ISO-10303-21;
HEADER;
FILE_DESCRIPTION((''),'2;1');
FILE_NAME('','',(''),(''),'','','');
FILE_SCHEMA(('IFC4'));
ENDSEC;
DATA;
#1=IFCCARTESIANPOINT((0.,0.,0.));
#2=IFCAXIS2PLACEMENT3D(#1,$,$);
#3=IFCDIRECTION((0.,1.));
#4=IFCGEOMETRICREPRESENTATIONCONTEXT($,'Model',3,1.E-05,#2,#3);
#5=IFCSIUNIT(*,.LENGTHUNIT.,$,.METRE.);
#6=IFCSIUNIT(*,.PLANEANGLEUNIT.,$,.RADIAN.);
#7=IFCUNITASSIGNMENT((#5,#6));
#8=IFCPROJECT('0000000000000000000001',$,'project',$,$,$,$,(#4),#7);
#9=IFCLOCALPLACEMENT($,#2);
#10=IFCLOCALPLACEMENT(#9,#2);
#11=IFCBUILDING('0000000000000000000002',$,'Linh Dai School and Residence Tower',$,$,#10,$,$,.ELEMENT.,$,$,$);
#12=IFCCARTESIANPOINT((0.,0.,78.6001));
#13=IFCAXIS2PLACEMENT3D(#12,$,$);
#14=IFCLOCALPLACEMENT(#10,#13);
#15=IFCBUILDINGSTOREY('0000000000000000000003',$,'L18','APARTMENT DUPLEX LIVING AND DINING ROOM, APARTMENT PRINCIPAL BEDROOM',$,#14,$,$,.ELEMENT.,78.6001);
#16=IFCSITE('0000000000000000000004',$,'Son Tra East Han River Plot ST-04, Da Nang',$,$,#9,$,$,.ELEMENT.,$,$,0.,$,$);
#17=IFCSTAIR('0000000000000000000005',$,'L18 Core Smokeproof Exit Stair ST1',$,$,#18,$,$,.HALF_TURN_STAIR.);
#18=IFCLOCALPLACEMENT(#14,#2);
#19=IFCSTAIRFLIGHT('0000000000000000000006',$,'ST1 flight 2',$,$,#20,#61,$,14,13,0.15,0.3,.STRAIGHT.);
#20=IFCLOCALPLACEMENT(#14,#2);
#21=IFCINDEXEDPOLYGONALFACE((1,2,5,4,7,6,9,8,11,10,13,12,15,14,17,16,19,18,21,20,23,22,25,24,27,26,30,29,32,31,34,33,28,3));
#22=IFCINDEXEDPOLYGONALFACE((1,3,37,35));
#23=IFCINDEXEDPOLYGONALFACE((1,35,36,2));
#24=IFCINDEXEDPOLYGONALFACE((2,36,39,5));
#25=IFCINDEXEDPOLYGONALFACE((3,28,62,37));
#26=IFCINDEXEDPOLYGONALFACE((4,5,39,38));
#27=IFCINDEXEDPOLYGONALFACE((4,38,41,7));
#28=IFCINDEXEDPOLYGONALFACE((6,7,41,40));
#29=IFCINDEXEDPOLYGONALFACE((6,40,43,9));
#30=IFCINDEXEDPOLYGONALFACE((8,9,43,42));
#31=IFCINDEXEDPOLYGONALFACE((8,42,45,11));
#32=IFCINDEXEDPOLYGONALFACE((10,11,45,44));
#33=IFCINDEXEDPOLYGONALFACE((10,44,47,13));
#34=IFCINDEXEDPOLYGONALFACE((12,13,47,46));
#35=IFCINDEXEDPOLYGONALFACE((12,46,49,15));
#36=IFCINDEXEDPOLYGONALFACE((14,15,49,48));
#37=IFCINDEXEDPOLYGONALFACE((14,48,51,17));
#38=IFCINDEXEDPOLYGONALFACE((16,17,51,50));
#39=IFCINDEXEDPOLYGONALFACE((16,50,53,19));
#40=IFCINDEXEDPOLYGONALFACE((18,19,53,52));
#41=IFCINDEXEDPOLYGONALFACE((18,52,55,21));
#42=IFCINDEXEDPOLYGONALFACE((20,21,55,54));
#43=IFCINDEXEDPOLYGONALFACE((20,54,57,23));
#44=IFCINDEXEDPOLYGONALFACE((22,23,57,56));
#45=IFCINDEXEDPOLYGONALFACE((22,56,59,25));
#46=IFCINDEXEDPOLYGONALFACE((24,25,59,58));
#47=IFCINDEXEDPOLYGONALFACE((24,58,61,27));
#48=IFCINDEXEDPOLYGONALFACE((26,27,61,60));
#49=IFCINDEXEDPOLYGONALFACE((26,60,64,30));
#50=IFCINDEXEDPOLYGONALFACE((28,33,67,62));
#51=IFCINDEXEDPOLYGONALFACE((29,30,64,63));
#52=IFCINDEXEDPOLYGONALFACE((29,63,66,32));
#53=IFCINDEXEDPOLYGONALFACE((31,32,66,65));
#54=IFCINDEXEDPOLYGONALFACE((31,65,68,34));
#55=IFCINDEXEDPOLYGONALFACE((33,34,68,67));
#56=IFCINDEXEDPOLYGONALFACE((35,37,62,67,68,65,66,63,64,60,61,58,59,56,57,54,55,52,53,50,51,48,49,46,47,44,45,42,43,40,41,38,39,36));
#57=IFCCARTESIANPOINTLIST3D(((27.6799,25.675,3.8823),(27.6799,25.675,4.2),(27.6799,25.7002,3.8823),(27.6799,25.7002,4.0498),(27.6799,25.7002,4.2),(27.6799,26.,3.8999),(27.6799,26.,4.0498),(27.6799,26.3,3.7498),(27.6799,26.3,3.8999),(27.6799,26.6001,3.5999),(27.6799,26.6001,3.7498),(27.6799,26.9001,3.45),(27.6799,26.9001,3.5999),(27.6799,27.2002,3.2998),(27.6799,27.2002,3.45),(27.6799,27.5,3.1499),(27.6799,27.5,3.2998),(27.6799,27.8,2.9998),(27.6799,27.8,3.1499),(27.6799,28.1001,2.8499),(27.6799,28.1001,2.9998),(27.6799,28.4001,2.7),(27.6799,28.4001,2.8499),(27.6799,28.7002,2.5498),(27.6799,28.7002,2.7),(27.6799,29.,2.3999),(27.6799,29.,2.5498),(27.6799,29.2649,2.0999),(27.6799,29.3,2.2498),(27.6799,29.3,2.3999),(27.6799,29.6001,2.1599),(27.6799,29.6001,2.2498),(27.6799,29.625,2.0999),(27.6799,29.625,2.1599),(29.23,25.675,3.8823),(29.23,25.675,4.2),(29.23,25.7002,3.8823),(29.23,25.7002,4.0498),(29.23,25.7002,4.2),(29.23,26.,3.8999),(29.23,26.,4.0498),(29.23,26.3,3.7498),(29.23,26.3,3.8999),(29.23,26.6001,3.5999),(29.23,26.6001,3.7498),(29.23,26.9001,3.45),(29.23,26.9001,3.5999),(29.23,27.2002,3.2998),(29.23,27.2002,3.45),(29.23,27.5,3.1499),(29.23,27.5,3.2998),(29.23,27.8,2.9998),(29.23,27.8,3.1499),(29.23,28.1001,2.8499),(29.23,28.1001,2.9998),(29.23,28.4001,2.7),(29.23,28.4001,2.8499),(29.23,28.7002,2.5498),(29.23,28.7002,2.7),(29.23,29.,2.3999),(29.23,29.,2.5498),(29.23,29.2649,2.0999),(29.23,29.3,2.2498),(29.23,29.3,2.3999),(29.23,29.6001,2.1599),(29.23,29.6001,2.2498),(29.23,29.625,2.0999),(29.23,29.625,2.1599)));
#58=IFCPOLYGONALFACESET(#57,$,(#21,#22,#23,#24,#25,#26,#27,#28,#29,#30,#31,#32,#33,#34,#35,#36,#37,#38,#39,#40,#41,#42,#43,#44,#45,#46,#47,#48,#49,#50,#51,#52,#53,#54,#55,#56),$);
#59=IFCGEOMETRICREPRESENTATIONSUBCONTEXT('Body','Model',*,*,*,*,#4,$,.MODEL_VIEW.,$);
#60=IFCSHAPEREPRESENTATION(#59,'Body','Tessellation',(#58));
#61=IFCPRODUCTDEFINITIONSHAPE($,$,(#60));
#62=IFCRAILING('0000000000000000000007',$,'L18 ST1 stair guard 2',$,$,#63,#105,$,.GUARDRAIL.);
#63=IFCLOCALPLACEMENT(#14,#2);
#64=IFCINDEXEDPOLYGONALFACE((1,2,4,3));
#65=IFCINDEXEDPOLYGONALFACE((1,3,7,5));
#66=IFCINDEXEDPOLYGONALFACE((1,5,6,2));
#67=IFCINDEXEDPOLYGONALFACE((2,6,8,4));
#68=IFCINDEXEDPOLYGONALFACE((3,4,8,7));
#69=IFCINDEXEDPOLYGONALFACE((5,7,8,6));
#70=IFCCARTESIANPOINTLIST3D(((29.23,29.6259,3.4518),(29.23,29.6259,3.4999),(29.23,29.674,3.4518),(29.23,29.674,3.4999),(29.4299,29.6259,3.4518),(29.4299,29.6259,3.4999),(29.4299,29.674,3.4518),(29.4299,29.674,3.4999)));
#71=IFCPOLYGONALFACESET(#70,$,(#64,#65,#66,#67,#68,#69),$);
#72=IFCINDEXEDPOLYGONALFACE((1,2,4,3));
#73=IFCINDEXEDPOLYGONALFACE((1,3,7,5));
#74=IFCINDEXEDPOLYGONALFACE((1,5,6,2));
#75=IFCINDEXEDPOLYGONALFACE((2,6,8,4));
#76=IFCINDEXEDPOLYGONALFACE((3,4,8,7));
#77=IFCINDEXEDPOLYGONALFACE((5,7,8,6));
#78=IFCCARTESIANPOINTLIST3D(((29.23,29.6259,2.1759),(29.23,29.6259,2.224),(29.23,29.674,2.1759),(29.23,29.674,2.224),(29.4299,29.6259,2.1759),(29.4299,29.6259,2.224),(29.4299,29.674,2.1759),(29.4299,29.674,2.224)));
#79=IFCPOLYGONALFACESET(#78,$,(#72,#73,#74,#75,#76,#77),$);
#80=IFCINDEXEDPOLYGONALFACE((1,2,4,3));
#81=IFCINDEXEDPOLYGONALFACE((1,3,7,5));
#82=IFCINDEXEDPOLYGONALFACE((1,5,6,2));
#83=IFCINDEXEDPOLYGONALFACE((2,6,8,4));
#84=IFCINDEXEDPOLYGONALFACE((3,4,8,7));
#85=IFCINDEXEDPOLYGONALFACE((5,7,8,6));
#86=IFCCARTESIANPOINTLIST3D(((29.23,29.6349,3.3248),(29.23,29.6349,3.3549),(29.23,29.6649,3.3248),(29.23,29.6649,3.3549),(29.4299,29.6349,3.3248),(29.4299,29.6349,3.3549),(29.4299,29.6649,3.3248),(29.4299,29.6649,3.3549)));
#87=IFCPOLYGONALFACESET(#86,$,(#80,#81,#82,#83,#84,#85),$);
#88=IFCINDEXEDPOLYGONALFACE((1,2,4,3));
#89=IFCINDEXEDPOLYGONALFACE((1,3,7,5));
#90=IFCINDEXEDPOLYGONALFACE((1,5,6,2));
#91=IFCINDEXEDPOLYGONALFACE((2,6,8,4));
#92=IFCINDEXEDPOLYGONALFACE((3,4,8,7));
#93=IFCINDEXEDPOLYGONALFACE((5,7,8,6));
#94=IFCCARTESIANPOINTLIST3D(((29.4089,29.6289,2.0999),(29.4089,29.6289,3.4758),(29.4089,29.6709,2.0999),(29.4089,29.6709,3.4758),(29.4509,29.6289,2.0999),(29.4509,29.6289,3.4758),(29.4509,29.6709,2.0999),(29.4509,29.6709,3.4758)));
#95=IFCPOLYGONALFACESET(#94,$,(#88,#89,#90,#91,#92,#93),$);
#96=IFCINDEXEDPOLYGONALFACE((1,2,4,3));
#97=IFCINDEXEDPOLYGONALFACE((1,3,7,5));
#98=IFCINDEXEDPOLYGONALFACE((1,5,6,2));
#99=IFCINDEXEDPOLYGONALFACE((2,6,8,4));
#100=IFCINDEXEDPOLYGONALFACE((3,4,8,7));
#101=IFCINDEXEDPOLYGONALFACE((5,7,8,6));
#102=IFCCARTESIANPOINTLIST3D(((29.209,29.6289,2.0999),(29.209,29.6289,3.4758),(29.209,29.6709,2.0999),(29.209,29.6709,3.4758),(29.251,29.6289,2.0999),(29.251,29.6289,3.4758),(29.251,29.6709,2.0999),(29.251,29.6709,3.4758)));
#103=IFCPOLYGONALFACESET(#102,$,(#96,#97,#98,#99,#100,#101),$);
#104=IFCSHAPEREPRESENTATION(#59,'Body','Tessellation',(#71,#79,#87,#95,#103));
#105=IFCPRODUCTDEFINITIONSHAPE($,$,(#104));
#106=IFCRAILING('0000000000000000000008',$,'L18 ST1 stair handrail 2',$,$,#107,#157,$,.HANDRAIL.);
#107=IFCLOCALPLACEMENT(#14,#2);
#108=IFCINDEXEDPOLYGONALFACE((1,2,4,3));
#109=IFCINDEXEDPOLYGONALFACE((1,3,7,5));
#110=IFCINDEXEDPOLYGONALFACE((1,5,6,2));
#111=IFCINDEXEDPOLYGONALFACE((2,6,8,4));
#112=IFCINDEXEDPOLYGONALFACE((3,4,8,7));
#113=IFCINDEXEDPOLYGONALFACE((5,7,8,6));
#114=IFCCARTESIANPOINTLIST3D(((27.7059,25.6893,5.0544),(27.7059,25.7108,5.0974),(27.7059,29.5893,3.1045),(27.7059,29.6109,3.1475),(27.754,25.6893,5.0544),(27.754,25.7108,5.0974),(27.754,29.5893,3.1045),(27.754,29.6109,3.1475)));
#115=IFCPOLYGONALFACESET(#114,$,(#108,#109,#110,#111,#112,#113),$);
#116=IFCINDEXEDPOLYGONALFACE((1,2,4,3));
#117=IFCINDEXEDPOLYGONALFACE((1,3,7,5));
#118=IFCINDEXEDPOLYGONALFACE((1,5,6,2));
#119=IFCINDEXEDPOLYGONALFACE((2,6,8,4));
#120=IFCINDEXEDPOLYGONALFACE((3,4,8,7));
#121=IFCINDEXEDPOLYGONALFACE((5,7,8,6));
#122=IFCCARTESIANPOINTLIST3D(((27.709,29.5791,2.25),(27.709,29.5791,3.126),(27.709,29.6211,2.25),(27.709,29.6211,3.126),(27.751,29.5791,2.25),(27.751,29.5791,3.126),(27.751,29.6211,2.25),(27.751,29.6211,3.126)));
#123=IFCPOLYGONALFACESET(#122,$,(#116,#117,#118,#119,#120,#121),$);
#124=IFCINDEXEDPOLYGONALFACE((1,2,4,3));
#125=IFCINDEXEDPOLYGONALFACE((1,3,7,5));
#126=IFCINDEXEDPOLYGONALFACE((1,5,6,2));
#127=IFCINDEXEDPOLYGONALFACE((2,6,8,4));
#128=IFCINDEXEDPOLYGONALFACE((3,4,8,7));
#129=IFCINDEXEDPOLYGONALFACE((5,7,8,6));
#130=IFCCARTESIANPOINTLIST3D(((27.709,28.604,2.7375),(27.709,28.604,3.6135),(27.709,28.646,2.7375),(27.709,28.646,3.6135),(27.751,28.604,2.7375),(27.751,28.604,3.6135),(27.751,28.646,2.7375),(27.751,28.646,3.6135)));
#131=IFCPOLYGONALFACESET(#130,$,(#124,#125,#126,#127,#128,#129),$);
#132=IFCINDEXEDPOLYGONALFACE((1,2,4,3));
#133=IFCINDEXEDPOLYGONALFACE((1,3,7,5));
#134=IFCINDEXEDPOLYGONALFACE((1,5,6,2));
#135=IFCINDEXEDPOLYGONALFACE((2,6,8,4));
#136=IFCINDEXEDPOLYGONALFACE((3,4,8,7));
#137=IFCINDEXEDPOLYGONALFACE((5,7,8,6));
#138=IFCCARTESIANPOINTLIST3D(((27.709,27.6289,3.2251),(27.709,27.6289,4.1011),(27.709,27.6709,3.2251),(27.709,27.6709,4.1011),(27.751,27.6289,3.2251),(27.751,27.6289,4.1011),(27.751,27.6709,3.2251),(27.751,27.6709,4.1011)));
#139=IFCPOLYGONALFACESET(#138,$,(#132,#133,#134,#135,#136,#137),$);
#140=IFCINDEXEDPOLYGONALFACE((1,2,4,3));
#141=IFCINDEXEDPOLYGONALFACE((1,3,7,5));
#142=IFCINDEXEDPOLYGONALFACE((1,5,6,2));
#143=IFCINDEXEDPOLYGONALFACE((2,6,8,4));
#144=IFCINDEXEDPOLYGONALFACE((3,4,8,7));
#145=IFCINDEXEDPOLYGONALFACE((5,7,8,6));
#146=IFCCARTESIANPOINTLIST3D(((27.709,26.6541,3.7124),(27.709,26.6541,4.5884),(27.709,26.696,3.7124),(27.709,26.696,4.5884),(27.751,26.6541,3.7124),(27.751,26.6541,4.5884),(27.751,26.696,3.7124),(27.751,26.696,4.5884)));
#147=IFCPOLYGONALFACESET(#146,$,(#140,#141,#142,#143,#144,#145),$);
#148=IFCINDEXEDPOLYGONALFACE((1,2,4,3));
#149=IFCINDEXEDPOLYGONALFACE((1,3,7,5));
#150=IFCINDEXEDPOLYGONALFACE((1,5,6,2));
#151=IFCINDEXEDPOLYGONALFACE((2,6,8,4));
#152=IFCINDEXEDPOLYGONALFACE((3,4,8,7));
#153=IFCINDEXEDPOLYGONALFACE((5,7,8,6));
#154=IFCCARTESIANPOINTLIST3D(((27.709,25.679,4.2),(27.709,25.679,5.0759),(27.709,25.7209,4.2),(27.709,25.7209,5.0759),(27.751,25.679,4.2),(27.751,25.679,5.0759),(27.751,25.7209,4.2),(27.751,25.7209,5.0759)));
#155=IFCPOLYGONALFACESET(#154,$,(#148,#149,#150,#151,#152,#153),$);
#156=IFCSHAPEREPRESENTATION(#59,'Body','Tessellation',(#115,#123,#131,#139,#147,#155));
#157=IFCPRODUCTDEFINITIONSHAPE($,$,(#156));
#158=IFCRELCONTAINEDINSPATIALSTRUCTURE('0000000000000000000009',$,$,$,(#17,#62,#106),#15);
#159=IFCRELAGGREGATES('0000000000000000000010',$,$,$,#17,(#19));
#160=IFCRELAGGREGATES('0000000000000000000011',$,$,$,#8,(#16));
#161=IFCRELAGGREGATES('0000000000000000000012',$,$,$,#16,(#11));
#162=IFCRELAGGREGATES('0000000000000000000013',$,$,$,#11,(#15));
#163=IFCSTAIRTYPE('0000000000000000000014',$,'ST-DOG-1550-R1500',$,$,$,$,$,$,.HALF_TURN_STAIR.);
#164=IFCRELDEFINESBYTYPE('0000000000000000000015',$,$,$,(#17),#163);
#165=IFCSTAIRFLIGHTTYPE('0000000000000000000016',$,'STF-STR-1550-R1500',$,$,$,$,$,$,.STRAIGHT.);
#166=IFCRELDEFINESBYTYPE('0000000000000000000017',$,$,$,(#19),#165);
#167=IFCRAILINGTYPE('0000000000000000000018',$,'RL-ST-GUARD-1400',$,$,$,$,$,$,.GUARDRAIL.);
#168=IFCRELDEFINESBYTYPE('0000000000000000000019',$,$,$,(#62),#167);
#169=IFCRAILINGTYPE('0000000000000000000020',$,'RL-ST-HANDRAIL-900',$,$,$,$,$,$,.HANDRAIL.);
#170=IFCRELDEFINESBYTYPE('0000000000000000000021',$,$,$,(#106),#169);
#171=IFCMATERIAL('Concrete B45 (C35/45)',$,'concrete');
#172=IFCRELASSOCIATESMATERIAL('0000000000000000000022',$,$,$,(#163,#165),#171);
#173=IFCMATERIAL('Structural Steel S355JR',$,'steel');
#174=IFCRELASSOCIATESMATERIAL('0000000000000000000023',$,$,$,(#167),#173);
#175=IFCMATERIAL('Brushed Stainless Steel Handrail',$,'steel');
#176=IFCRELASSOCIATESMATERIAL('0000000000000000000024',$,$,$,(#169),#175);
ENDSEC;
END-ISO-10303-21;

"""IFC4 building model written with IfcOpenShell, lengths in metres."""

from ifc_helpers import new_model, si_unit, direction, frame, origin, origin_2d, place, context, subcontext, project, spatial, polyline, rectangle, outline, extrude, source, transform, mapped, material, type_object, element, aggregate, save


model = new_model("IFC4")

# Units and contexts
model_context = context("Model", 3, precision=1e-05, world=origin(), true_north=direction((0.0, 1.0)))
body_context = subcontext(model_context, "Body", "Model", "MODEL_VIEW")
ifc_project = project(units=[si_unit("LENGTHUNIT", "METRE"), si_unit("PLANEANGLEUNIT", "RADIAN")], contexts=[model_context])

# Site, building, storey
site_placement = place(None, origin())
site = spatial("IfcSite", under=ifc_project, at=site_placement, Name="Son Tra East Han River Plot ST-04, Da Nang", CompositionType="ELEMENT", RefElevation=0.0)
building_placement = place(site_placement, origin())
building = spatial("IfcBuilding", under=site, at=building_placement, Name="Linh Dai School and Residence Tower", CompositionType="ELEMENT")
storey_placement = place(building_placement, frame((0.0, 0.0, 78.6001)))
storey = spatial("IfcBuildingStorey", under=building, at=storey_placement, Name="L18", Description="APARTMENT DUPLEX LIVING AND DINING ROOM, APARTMENT PRINCIPAL BEDROOM", CompositionType="ELEMENT", Elevation=78.6001)

# Shared definitions
ifc_material_1 = material(Name="Structural Steel S355JR", Category="steel")

# Shared definitions
ifc_material_2 = material(Name="Concrete B45 (C35/45)", Category="concrete")

# Stair, stair flight
stair_type = type_object("IfcStairType", Name="ST-DOG-1550-R1500", PredefinedType="HALF_TURN_STAIR", material=ifc_material_2)
stair_placement = place(storey_placement, origin())
stair = element("IfcStair", 1, at=stair_placement, inside=storey, type_object=stair_type, Name="L18 Core Smokeproof Exit Stair ST1", PredefinedType="HALF_TURN_STAIR")
stair_flight_type = type_object("IfcStairFlightType", Name="STF-STR-1550-R1500", PredefinedType="STRAIGHT", material=ifc_material_2)
shared_shape_1 = source(origin(), body_context, "Body", "SweptSolid", [
    extrude(outline(polyline([(-0.0249, 0.0), (-0.0249, 0.0601), (0.0, 0.0601), (0.0, 0.1499), (0.3, 0.1499), (0.3, 0.3), (0.6001, 0.3), (0.6001, 0.45), (0.8999, 0.45), (0.8999, 0.6001), (1.2, 0.6001), (1.2, 0.75), (1.5, 0.75), (1.5, 0.8999), (1.8, 0.8999), (1.8, 1.05), (2.1001, 1.05), (2.1001, 1.2), (2.3999, 1.2), (2.3999, 1.3501), (2.7, 1.3501), (2.7, 1.5), (3.0, 1.5), (3.0, 1.6499), (3.3, 1.6499), (3.3, 1.8), (3.6001, 1.8), (3.6001, 1.95), (3.8999, 1.95), (3.8999, 2.1001), (3.925, 2.1001), (3.925, 1.7825), (3.8999, 1.7825), (0.3352, 0.0), (-0.0249, 0.0)])), frame((0.0, 0.7749, 0.0), z_axis=(0.0, -1.0, 0.0), x_axis=(1.0, 0.0, 0.0)), (0.0, 0.0, 1.0), 1.55),
])
stair_flight_placement = place(storey_placement, frame((28.4551, 29.6001, 2.0999), z_axis=(0.0, 0.0, 1.0), x_axis=(0.0, -1.0, 0.0)))
stair_flight = element("IfcStairFlight", 2, at=stair_flight_placement, type_object=stair_flight_type, Name="ST1 flight 2", NumberOfRisers=14, NumberOfTreads=13, PredefinedType="STRAIGHT", RiserHeight=0.15, TreadLength=0.3, context=body_context, shape_type="MappedRepresentation", body=[
    mapped(shared_shape_1, transform((0.0, 0.0, 0.0), x_axis=(1.0, 0.0, 0.0), y_axis=(0.0, 1.0, 0.0), z_axis=(0.0, 0.0, 1.0), scale=1.0)),
])
aggregate(stair, [stair_flight])

# Railings
railing_type_1 = type_object("IfcRailingType", Name="RL-ST-GUARD-1400", PredefinedType="GUARDRAIL", material=ifc_material_1)
shared_shape_2 = source(origin(), body_context, "Body", "SweptSolid", [
    extrude(rectangle(XDim=0.0481, YDim=0.0481, at=origin_2d()), frame((0.0, 0.0, 1.376), z_axis=(-1.0, 0.0, 0.0), x_axis=(0.0, -1.0, 0.0)), (0.0, 0.0, 1.0), 0.2),
    extrude(rectangle(XDim=0.0481, YDim=0.0481, at=origin_2d()), frame((0.0, 0.0, 0.1001), z_axis=(-1.0, 0.0, 0.0), x_axis=(0.0, -1.0, 0.0)), (0.0, 0.0, 1.0), 0.2),
    extrude(rectangle(XDim=0.03, YDim=0.03, at=origin_2d()), frame((0.0, 0.0, 1.24), z_axis=(-1.0, 0.0, 0.0), x_axis=(0.0, -1.0, 0.0)), (0.0, 0.0, 1.0), 0.2),
    extrude(rectangle(XDim=0.042, YDim=0.042, at=origin_2d()), origin(), (0.0, 0.0, 1.0), 1.376),
    extrude(rectangle(XDim=0.042, YDim=0.042, at=origin_2d()), frame((-0.2, 0.0, 0.0)), (0.0, 0.0, 1.0), 1.376),
])
railing_1_placement = place(storey_placement, frame((29.4299, 29.6499, 2.0999)))
element("IfcRailing", 3, at=railing_1_placement, inside=storey, type_object=railing_type_1, Name="L18 ST1 stair guard 2", PredefinedType="GUARDRAIL", context=body_context, shape_type="MappedRepresentation", body=[
    mapped(shared_shape_2, transform((0.0, 0.0, 0.0), x_axis=(1.0, 0.0, 0.0), y_axis=(0.0, 1.0, 0.0), z_axis=(0.0, 0.0, 1.0), scale=1.0)),
])
ifc_material_3 = material(Name="Brushed Stainless Steel Handrail", Category="steel")
railing_type_2 = type_object("IfcRailingType", Name="RL-ST-HANDRAIL-900", PredefinedType="HANDRAIL", material=ifc_material_3)
shared_shape_3 = source(origin(), body_context, "Body", "SweptSolid", [
    extrude(rectangle(XDim=0.0481, YDim=0.0481, at=origin_2d()), frame((0.0, 0.0, 0.876), z_axis=(0.0, -0.894438, 0.447191), x_axis=(1.0, 0.0, 0.0)), (0.0, 0.0, 1.0), 4.3604),
    extrude(rectangle(XDim=0.042, YDim=0.042, at=origin_2d()), origin(), (0.0, 0.0, 1.0), 0.876),
    extrude(rectangle(XDim=0.042, YDim=0.042, at=origin_2d()), frame((0.0, -0.9751, 0.4875)), (0.0, 0.0, 1.0), 0.876),
    extrude(rectangle(XDim=0.042, YDim=0.042, at=origin_2d()), frame((0.0, -1.9502, 0.9751)), (0.0, 0.0, 1.0), 0.876),
    extrude(rectangle(XDim=0.042, YDim=0.042, at=origin_2d()), frame((0.0, -2.925, 1.4624)), (0.0, 0.0, 1.0), 0.876),
    extrude(rectangle(XDim=0.042, YDim=0.042, at=origin_2d()), frame((0.0, -3.9001, 1.95)), (0.0, 0.0, 1.0), 0.876),
])
railing_2_placement = place(storey_placement, frame((27.73, 29.6001, 2.25)))
element("IfcRailing", 4, at=railing_2_placement, inside=storey, type_object=railing_type_2, Name="L18 ST1 stair handrail 2", PredefinedType="HANDRAIL", context=body_context, shape_type="MappedRepresentation", body=[
    mapped(shared_shape_3, transform((0.0, 0.0, 0.0), x_axis=(1.0, 0.0, 0.0), y_axis=(0.0, 1.0, 0.0), z_axis=(0.0, 0.0, 1.0), scale=1.0)),
])

save(model, "model.ifc")
